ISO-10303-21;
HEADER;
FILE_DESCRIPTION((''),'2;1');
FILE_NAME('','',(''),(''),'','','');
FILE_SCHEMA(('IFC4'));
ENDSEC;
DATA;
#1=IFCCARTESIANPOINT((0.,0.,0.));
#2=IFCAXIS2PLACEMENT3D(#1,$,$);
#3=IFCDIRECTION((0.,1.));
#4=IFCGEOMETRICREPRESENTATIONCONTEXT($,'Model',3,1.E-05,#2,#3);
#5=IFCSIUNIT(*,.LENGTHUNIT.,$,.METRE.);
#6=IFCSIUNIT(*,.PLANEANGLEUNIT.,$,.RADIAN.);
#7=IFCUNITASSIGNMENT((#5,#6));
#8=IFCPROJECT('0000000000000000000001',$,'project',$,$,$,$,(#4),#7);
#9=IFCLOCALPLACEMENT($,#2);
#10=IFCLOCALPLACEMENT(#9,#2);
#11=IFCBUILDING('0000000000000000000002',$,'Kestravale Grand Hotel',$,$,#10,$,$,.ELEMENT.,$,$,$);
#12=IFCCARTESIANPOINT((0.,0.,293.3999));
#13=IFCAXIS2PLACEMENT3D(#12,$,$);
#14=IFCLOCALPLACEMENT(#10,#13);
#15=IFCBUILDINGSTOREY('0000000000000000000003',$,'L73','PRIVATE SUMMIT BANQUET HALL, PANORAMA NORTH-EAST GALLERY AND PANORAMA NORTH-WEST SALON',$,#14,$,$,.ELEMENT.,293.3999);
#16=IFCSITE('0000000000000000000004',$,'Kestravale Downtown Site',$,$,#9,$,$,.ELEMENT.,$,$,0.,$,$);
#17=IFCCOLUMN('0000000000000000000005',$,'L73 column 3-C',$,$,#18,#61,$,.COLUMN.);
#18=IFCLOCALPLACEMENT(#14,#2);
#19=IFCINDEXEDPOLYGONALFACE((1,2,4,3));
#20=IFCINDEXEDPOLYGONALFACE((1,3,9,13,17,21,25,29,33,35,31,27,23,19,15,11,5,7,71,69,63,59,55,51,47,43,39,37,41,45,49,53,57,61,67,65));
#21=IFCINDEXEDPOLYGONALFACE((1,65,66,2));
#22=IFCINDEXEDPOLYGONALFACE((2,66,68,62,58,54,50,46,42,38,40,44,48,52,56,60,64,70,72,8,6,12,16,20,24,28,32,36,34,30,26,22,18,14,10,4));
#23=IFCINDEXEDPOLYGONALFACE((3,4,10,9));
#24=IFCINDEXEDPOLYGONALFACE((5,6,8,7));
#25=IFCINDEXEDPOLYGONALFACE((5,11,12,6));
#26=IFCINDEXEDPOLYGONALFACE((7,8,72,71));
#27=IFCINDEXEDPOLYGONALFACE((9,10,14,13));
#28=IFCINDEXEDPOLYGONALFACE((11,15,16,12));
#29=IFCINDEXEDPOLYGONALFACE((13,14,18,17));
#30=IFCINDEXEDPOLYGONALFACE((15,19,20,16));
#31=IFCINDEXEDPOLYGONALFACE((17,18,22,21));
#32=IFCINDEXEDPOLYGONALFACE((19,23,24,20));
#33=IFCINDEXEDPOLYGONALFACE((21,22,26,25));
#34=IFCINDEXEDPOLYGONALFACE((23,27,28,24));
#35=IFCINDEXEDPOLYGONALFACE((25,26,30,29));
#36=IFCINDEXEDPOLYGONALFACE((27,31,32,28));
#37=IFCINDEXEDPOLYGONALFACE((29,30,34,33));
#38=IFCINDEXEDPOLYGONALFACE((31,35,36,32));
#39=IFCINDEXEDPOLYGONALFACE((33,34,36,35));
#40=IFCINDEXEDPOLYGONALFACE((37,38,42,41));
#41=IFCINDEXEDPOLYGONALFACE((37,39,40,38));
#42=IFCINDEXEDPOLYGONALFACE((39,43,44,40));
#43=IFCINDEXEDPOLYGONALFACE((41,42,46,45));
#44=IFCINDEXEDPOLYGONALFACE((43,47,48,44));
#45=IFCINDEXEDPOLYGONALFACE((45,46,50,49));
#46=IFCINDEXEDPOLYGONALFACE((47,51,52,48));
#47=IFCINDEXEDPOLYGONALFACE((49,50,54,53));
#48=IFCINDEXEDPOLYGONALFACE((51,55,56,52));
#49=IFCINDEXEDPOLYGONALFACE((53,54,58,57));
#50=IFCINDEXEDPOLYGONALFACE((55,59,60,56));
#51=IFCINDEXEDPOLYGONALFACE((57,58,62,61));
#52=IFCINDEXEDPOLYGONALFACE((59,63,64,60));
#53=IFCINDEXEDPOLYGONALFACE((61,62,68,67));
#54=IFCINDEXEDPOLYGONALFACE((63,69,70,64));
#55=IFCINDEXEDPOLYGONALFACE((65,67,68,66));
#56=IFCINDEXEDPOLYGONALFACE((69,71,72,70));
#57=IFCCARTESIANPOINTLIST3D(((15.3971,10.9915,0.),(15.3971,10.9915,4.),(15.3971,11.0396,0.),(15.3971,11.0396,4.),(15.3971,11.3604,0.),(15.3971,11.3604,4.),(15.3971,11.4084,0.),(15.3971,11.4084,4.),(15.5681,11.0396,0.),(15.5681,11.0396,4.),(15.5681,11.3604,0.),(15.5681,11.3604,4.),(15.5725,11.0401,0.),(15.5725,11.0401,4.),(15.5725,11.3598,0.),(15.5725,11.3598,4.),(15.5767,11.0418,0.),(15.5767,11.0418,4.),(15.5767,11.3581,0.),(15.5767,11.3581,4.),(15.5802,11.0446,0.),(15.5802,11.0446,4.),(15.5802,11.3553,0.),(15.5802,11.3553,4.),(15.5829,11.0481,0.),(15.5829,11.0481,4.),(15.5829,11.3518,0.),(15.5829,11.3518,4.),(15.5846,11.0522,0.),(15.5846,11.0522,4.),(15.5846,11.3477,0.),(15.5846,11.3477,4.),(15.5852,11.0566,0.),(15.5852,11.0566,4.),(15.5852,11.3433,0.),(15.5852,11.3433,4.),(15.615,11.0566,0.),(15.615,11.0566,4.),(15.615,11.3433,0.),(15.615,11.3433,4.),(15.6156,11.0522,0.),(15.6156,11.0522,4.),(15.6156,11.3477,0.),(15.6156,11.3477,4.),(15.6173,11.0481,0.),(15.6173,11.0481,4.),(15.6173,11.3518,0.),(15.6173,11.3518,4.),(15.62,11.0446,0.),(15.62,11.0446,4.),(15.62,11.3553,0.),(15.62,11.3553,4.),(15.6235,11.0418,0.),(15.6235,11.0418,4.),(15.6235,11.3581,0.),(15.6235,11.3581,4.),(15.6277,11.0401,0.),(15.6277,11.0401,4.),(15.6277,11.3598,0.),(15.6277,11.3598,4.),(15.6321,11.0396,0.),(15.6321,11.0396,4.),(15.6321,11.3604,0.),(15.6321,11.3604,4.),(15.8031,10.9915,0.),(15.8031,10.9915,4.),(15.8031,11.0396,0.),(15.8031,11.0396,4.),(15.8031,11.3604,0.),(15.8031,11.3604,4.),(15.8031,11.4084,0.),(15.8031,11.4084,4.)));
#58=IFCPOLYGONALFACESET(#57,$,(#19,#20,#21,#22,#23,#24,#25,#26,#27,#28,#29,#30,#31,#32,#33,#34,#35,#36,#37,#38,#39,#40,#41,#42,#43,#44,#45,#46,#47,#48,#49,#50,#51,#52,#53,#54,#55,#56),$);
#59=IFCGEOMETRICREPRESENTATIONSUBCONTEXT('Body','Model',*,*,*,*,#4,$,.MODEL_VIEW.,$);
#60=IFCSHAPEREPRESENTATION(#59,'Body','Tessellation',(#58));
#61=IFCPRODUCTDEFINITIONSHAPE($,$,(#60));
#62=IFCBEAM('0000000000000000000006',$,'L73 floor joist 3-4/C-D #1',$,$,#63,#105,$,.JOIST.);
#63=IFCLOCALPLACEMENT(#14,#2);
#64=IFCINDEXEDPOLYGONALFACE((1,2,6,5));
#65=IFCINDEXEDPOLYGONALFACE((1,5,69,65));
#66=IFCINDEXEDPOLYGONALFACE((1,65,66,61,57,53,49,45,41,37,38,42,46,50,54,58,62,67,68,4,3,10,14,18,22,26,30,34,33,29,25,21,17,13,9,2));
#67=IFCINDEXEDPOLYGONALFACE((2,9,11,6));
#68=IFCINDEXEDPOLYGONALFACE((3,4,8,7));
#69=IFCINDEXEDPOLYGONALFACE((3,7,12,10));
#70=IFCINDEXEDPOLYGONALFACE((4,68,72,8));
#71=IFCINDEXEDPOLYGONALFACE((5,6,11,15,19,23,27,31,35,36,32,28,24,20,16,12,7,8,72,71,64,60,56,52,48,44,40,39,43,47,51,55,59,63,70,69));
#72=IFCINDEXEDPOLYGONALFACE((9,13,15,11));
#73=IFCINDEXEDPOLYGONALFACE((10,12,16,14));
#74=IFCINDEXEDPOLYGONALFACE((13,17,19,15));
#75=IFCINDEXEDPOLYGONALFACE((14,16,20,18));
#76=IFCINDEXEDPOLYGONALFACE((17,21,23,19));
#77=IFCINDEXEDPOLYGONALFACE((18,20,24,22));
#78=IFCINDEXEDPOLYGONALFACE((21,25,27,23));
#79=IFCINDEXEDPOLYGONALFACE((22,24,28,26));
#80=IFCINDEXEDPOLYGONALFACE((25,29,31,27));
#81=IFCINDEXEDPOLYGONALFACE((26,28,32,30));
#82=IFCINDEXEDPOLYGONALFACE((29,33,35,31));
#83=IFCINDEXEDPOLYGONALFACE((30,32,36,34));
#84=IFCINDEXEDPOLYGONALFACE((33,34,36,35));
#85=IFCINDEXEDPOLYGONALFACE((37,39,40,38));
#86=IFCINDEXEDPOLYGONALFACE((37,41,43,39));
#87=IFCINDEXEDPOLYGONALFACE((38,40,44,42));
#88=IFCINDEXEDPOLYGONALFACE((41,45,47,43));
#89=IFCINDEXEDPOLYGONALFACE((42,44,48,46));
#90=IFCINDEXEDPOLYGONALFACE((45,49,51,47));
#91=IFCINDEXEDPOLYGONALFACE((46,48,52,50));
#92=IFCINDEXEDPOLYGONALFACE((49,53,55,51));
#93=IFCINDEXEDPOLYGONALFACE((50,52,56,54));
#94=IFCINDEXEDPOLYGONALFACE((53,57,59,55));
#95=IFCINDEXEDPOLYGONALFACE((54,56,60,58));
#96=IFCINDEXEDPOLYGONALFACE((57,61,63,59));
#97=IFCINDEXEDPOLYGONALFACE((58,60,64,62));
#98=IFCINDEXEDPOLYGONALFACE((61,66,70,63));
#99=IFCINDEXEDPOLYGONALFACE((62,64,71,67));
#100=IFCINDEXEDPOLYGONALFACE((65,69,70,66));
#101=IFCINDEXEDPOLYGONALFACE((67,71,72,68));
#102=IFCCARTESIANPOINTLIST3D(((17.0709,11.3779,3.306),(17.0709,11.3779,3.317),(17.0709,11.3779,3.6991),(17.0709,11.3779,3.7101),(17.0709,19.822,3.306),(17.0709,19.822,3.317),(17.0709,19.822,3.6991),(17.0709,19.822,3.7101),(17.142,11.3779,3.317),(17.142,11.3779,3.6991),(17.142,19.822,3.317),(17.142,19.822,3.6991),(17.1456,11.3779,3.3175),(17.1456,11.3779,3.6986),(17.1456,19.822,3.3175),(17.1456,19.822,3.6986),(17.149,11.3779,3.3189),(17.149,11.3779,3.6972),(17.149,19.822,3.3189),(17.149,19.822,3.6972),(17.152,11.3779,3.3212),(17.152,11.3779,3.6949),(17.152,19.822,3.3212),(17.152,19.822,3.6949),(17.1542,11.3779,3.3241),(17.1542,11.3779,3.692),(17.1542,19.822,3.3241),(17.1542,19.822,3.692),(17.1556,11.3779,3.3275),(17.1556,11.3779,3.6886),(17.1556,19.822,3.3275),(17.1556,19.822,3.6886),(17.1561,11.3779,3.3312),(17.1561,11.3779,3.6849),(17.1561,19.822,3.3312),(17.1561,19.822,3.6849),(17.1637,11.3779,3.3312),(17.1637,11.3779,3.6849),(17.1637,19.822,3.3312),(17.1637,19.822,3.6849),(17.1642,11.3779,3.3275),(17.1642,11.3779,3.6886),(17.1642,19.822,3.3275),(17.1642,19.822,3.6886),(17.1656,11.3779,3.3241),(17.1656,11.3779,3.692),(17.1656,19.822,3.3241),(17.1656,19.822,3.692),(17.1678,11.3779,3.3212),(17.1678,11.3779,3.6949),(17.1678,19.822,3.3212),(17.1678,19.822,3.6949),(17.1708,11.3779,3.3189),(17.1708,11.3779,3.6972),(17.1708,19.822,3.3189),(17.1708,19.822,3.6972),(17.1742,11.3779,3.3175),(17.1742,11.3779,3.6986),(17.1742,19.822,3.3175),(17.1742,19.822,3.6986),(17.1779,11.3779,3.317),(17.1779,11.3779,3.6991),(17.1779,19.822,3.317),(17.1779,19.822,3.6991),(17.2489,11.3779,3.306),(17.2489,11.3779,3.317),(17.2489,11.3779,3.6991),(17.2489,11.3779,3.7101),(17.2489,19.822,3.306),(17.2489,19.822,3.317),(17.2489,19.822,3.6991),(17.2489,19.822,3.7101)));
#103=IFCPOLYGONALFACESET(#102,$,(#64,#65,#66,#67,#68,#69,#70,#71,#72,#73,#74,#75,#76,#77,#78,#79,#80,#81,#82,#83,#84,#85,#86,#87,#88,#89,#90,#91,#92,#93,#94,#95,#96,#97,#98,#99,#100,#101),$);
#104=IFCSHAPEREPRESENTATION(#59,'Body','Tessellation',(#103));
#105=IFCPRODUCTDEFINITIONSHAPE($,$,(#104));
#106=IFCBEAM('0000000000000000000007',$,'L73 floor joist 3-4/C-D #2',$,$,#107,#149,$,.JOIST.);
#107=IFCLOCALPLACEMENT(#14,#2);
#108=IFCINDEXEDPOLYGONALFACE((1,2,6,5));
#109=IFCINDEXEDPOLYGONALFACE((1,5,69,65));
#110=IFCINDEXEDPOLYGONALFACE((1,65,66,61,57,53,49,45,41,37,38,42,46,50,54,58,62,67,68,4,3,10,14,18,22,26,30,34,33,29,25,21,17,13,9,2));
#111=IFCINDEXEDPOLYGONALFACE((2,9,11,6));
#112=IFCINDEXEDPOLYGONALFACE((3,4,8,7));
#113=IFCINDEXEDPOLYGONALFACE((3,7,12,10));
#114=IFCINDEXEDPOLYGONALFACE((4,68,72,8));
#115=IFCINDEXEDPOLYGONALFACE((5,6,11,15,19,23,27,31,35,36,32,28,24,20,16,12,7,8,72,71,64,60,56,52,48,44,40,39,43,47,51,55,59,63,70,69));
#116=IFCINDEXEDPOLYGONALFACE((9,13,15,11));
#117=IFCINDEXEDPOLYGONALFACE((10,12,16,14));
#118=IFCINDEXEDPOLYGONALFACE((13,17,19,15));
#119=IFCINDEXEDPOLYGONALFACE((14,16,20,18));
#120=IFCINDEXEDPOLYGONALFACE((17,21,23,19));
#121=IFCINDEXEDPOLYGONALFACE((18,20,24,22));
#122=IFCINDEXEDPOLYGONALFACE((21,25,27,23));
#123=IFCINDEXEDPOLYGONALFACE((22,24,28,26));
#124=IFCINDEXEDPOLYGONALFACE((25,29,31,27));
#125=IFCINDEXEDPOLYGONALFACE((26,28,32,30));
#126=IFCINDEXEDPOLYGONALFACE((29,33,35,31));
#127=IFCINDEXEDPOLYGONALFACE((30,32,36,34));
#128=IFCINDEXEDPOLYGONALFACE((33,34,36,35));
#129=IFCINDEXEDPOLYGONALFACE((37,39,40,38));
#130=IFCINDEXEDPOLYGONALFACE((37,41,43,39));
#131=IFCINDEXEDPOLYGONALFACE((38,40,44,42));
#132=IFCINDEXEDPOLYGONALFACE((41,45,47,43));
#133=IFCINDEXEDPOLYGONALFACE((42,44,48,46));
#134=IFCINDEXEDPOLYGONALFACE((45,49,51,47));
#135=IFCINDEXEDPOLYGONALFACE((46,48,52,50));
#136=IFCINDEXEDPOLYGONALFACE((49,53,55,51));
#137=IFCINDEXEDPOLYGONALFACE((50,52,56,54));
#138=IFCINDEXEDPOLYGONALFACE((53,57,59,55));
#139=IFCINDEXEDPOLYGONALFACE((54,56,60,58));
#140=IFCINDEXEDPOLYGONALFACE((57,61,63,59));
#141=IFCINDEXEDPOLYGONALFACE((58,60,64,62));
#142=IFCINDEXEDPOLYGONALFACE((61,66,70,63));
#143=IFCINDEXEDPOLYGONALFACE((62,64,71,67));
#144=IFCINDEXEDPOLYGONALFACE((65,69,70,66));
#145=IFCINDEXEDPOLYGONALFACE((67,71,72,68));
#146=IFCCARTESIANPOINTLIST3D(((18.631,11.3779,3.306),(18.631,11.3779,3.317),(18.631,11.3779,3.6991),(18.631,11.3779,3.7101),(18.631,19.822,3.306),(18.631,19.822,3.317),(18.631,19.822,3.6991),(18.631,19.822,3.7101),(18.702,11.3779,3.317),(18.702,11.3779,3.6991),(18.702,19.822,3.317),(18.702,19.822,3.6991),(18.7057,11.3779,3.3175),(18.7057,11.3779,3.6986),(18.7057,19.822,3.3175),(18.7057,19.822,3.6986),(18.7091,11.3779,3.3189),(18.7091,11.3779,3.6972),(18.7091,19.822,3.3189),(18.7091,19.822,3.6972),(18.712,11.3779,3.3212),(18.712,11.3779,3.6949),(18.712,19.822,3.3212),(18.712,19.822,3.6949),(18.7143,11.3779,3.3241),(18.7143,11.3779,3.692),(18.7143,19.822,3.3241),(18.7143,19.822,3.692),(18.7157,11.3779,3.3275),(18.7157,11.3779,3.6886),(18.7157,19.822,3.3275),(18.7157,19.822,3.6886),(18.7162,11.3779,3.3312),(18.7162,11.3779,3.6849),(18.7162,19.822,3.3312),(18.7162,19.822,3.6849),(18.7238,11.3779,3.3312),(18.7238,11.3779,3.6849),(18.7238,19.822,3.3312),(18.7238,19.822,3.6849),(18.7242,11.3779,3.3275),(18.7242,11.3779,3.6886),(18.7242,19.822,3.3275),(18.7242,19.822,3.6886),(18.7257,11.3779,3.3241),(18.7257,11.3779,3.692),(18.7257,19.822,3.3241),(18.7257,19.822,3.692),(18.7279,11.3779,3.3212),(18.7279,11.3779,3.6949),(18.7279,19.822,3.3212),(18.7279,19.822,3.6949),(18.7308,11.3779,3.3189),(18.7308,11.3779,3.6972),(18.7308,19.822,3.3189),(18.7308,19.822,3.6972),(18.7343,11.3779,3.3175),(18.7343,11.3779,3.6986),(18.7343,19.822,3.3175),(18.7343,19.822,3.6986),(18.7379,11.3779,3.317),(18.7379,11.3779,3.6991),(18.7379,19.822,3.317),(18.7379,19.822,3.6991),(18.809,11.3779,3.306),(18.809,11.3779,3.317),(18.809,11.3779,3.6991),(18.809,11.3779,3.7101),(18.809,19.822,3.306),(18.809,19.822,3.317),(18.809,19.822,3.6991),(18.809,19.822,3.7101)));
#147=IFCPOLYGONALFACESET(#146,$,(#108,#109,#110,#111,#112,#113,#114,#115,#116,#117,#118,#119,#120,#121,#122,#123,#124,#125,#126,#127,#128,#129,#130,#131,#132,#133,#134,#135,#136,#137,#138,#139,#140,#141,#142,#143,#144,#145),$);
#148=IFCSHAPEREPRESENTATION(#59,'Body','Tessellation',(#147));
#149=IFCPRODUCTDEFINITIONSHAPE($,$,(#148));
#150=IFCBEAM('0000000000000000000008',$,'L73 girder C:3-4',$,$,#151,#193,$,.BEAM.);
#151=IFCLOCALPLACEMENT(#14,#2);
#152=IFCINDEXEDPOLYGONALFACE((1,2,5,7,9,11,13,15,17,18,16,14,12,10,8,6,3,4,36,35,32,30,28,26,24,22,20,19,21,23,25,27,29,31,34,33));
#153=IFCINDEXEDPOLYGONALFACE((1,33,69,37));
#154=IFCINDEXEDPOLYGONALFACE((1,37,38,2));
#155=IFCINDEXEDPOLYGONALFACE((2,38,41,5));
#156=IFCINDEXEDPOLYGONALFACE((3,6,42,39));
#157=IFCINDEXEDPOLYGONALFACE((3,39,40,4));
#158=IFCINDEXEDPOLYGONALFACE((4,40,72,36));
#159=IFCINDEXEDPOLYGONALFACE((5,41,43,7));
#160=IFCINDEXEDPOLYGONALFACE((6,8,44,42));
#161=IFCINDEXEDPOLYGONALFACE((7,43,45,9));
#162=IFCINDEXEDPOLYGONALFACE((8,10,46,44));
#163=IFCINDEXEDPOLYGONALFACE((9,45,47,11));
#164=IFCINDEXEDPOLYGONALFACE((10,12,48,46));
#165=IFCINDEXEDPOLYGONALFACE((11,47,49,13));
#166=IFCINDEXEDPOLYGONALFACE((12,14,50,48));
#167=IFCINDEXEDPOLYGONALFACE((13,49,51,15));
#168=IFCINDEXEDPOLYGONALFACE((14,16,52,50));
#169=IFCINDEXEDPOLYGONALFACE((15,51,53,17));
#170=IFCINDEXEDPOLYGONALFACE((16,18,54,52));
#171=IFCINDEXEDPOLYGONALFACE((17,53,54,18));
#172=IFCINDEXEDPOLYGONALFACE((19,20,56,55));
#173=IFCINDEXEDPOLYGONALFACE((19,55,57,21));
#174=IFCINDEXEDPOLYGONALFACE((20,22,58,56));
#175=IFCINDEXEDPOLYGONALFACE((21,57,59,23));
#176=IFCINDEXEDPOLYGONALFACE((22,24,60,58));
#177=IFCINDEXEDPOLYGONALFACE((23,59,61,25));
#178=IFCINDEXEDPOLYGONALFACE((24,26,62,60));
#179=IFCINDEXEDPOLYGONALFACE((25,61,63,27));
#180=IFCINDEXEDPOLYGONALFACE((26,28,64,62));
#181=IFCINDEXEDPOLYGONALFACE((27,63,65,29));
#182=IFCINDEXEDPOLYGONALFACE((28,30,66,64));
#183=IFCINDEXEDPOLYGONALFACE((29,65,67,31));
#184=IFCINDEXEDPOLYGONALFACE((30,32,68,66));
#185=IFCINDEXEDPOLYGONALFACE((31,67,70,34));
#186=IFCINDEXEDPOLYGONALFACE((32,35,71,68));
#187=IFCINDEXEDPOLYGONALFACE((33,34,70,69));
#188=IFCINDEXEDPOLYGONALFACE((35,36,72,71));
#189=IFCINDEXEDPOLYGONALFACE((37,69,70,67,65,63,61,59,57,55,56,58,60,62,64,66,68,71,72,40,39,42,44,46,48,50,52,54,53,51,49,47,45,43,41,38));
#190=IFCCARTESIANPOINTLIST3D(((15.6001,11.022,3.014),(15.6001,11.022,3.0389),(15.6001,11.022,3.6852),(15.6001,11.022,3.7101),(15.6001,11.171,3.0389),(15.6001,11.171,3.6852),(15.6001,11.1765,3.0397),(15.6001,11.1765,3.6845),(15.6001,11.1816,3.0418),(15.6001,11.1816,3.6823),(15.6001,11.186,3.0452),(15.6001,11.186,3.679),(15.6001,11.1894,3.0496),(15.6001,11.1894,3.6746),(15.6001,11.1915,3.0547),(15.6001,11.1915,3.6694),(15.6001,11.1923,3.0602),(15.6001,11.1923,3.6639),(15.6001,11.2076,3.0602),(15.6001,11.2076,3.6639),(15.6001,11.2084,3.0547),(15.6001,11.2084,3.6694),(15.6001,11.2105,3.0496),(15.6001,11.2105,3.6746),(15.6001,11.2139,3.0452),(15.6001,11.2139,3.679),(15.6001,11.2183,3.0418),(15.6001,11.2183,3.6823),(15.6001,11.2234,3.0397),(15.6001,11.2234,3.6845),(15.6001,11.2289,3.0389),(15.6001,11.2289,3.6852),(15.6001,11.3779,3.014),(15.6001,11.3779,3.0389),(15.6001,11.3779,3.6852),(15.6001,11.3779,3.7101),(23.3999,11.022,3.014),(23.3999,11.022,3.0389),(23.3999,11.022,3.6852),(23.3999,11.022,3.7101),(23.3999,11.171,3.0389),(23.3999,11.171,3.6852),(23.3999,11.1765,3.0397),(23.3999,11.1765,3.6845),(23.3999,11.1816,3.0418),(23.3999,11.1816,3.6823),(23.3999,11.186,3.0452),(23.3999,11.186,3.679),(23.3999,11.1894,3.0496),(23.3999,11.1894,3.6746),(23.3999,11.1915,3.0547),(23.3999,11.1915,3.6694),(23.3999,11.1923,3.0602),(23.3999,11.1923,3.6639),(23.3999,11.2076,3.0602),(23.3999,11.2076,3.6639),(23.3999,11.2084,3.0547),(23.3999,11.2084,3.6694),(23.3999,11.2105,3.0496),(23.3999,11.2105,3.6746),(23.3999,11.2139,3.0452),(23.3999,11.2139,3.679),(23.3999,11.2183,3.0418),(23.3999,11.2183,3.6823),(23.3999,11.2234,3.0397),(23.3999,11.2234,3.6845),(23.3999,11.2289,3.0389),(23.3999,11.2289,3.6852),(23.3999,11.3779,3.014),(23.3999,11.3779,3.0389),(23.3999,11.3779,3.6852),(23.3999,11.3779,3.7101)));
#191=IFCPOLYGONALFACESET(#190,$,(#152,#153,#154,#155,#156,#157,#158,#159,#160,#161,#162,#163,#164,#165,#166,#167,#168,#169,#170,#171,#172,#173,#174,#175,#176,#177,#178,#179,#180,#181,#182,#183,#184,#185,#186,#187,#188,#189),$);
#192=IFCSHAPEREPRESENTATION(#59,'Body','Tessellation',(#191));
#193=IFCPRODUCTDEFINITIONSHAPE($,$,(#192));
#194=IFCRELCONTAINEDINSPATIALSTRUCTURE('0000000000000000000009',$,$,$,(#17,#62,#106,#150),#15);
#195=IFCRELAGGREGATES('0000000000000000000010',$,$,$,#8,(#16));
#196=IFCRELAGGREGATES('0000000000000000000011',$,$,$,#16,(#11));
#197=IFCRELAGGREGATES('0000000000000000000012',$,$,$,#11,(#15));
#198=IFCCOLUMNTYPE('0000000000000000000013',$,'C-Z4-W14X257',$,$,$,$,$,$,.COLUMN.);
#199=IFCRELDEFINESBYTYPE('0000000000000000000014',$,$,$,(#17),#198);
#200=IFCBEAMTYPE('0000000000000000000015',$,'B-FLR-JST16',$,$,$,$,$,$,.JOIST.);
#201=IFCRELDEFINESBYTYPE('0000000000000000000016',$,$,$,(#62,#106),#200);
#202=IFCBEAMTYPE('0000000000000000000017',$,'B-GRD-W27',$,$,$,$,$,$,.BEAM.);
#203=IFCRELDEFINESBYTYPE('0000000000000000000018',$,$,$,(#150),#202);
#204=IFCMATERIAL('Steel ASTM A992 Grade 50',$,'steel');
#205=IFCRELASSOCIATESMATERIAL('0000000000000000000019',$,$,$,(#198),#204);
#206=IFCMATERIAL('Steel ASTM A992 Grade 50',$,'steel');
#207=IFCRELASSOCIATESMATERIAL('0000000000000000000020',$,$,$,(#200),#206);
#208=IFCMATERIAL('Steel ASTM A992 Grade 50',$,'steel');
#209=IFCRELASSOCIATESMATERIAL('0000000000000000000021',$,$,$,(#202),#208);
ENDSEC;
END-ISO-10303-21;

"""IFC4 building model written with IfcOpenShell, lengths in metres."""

from ifc_helpers import new_model, si_unit, direction, frame, origin, origin_2d, place, context, subcontext, project, spatial, i_section, extrude, material, material_profile, profile_set, type_object, element, save


model = new_model("IFC4")

# Units and contexts
model_context = context("Model", 3, precision=1e-05, world=origin(), true_north=direction((0.0, 1.0)))
body_context = subcontext(model_context, "Body", "Model", "MODEL_VIEW")
ifc_project = project(units=[si_unit("LENGTHUNIT", "METRE"), si_unit("PLANEANGLEUNIT", "RADIAN")], contexts=[model_context])

# Site, building, storey
site_placement = place(None, origin())
site = spatial("IfcSite", under=ifc_project, at=site_placement, Name="Kestravale Downtown Site", CompositionType="ELEMENT", RefElevation=0.0)
building_placement = place(site_placement, origin())
building = spatial("IfcBuilding", under=site, at=building_placement, Name="Kestravale Grand Hotel", CompositionType="ELEMENT")
storey_placement = place(building_placement, frame((0.0, 0.0, 293.3999)))
storey = spatial("IfcBuildingStorey", under=building, at=storey_placement, Name="L73", Description="PRIVATE SUMMIT BANQUET HALL, PANORAMA NORTH-EAST GALLERY AND PANORAMA NORTH-WEST SALON", CompositionType="ELEMENT", Elevation=293.3999)

# Column
ifc_material_1 = material(Name="Steel ASTM A992 Grade 50", Category="steel")
ifc_material_profile_1 = material_profile(ifc_material_1, i_section(OverallWidth=0.406, OverallDepth=0.417, WebThickness=0.0298, FlangeThickness=0.0481, FilletRadius=0.0171, at=origin_2d()))
ifc_profile_set_1 = profile_set([ifc_material_profile_1], Name="Steel ASTM A992 Grade 50")
column_type = type_object("IfcColumnType", Name="C-Z4-W14X257", PredefinedType="COLUMN", material=ifc_profile_set_1)
column_placement = place(storey_placement, frame((15.6001, 11.2, 0.0), z_axis=(0.0, 0.0, 1.0), x_axis=(1.0, 0.0, 0.0)))
element("IfcColumn", 1, at=column_placement, inside=storey, type_object=column_type, Name="L73 column 3-C", PredefinedType="COLUMN", context=body_context, shape_type="SweptSolid", body=[
    extrude(i_section(OverallWidth=0.406, OverallDepth=0.417, WebThickness=0.0298, FlangeThickness=0.0481, FilletRadius=0.0171, at=origin_2d()), origin(), (0.0, 0.0, 1.0), 4.0),
])

# Beams
ifc_material_2 = material(Name="Steel ASTM A992 Grade 50", Category="steel")
ifc_material_profile_2 = material_profile(ifc_material_2, i_section(OverallWidth=0.178, OverallDepth=0.4041, WebThickness=0.0076, FlangeThickness=0.011, FilletRadius=0.0142, at=origin_2d()))
ifc_profile_set_2 = profile_set([ifc_material_profile_2], Name="Steel ASTM A992 Grade 50")
beam_type_1 = type_object("IfcBeamType", Name="B-FLR-JST16", PredefinedType="JOIST", material=ifc_profile_set_2)
for number, where, z_axis, x_axis, name in (
    (2, (17.1599, 11.3779, 3.5081), (0.0, 1.0, 0.0), (-1.0, 0.0, 0.0), "L73 floor joist 3-4/C-D #1"),
    (3, (18.72, 11.3779, 3.5081), (0.0, 1.0, 0.0), (-1.0, 0.0, 0.0), "L73 floor joist 3-4/C-D #2"),
):
    element("IfcBeam", number, at=place(storey_placement, frame(where, z_axis=z_axis, x_axis=x_axis)), inside=storey, type_object=beam_type_1, Name=name, PredefinedType="JOIST", context=body_context, shape_type="SweptSolid", body=[
        extrude(i_section(OverallWidth=0.178, OverallDepth=0.4041, WebThickness=0.0076, FlangeThickness=0.011, FilletRadius=0.0142, at=origin_2d()), origin(), (0.0, 0.0, 1.0), 8.4441),
    ])
ifc_material_3 = material(Name="Steel ASTM A992 Grade 50", Category="steel")
ifc_material_profile_3 = material_profile(ifc_material_3, i_section(OverallWidth=0.356, OverallDepth=0.696, WebThickness=0.0154, FlangeThickness=0.0249, FilletRadius=0.0212, at=origin_2d()))
ifc_profile_set_3 = profile_set([ifc_material_profile_3], Name="Steel ASTM A992 Grade 50")
beam_type_2 = type_object("IfcBeamType", Name="B-GRD-W27", PredefinedType="BEAM", material=ifc_profile_set_3)
beam_1_placement = place(storey_placement, frame((15.6001, 11.2, 3.3621), z_axis=(1.0, 0.0, 0.0), x_axis=(0.0, 1.0, 0.0)))
element("IfcBeam", 4, at=beam_1_placement, inside=storey, type_object=beam_type_2, Name="L73 girder C:3-4", PredefinedType="BEAM", context=body_context, shape_type="SweptSolid", body=[
    extrude(i_section(OverallWidth=0.356, OverallDepth=0.696, WebThickness=0.0154, FlangeThickness=0.0249, FilletRadius=0.0212, at=origin_2d()), origin(), (0.0, 0.0, 1.0), 7.7998),
])

save(model, "model.ifc")
